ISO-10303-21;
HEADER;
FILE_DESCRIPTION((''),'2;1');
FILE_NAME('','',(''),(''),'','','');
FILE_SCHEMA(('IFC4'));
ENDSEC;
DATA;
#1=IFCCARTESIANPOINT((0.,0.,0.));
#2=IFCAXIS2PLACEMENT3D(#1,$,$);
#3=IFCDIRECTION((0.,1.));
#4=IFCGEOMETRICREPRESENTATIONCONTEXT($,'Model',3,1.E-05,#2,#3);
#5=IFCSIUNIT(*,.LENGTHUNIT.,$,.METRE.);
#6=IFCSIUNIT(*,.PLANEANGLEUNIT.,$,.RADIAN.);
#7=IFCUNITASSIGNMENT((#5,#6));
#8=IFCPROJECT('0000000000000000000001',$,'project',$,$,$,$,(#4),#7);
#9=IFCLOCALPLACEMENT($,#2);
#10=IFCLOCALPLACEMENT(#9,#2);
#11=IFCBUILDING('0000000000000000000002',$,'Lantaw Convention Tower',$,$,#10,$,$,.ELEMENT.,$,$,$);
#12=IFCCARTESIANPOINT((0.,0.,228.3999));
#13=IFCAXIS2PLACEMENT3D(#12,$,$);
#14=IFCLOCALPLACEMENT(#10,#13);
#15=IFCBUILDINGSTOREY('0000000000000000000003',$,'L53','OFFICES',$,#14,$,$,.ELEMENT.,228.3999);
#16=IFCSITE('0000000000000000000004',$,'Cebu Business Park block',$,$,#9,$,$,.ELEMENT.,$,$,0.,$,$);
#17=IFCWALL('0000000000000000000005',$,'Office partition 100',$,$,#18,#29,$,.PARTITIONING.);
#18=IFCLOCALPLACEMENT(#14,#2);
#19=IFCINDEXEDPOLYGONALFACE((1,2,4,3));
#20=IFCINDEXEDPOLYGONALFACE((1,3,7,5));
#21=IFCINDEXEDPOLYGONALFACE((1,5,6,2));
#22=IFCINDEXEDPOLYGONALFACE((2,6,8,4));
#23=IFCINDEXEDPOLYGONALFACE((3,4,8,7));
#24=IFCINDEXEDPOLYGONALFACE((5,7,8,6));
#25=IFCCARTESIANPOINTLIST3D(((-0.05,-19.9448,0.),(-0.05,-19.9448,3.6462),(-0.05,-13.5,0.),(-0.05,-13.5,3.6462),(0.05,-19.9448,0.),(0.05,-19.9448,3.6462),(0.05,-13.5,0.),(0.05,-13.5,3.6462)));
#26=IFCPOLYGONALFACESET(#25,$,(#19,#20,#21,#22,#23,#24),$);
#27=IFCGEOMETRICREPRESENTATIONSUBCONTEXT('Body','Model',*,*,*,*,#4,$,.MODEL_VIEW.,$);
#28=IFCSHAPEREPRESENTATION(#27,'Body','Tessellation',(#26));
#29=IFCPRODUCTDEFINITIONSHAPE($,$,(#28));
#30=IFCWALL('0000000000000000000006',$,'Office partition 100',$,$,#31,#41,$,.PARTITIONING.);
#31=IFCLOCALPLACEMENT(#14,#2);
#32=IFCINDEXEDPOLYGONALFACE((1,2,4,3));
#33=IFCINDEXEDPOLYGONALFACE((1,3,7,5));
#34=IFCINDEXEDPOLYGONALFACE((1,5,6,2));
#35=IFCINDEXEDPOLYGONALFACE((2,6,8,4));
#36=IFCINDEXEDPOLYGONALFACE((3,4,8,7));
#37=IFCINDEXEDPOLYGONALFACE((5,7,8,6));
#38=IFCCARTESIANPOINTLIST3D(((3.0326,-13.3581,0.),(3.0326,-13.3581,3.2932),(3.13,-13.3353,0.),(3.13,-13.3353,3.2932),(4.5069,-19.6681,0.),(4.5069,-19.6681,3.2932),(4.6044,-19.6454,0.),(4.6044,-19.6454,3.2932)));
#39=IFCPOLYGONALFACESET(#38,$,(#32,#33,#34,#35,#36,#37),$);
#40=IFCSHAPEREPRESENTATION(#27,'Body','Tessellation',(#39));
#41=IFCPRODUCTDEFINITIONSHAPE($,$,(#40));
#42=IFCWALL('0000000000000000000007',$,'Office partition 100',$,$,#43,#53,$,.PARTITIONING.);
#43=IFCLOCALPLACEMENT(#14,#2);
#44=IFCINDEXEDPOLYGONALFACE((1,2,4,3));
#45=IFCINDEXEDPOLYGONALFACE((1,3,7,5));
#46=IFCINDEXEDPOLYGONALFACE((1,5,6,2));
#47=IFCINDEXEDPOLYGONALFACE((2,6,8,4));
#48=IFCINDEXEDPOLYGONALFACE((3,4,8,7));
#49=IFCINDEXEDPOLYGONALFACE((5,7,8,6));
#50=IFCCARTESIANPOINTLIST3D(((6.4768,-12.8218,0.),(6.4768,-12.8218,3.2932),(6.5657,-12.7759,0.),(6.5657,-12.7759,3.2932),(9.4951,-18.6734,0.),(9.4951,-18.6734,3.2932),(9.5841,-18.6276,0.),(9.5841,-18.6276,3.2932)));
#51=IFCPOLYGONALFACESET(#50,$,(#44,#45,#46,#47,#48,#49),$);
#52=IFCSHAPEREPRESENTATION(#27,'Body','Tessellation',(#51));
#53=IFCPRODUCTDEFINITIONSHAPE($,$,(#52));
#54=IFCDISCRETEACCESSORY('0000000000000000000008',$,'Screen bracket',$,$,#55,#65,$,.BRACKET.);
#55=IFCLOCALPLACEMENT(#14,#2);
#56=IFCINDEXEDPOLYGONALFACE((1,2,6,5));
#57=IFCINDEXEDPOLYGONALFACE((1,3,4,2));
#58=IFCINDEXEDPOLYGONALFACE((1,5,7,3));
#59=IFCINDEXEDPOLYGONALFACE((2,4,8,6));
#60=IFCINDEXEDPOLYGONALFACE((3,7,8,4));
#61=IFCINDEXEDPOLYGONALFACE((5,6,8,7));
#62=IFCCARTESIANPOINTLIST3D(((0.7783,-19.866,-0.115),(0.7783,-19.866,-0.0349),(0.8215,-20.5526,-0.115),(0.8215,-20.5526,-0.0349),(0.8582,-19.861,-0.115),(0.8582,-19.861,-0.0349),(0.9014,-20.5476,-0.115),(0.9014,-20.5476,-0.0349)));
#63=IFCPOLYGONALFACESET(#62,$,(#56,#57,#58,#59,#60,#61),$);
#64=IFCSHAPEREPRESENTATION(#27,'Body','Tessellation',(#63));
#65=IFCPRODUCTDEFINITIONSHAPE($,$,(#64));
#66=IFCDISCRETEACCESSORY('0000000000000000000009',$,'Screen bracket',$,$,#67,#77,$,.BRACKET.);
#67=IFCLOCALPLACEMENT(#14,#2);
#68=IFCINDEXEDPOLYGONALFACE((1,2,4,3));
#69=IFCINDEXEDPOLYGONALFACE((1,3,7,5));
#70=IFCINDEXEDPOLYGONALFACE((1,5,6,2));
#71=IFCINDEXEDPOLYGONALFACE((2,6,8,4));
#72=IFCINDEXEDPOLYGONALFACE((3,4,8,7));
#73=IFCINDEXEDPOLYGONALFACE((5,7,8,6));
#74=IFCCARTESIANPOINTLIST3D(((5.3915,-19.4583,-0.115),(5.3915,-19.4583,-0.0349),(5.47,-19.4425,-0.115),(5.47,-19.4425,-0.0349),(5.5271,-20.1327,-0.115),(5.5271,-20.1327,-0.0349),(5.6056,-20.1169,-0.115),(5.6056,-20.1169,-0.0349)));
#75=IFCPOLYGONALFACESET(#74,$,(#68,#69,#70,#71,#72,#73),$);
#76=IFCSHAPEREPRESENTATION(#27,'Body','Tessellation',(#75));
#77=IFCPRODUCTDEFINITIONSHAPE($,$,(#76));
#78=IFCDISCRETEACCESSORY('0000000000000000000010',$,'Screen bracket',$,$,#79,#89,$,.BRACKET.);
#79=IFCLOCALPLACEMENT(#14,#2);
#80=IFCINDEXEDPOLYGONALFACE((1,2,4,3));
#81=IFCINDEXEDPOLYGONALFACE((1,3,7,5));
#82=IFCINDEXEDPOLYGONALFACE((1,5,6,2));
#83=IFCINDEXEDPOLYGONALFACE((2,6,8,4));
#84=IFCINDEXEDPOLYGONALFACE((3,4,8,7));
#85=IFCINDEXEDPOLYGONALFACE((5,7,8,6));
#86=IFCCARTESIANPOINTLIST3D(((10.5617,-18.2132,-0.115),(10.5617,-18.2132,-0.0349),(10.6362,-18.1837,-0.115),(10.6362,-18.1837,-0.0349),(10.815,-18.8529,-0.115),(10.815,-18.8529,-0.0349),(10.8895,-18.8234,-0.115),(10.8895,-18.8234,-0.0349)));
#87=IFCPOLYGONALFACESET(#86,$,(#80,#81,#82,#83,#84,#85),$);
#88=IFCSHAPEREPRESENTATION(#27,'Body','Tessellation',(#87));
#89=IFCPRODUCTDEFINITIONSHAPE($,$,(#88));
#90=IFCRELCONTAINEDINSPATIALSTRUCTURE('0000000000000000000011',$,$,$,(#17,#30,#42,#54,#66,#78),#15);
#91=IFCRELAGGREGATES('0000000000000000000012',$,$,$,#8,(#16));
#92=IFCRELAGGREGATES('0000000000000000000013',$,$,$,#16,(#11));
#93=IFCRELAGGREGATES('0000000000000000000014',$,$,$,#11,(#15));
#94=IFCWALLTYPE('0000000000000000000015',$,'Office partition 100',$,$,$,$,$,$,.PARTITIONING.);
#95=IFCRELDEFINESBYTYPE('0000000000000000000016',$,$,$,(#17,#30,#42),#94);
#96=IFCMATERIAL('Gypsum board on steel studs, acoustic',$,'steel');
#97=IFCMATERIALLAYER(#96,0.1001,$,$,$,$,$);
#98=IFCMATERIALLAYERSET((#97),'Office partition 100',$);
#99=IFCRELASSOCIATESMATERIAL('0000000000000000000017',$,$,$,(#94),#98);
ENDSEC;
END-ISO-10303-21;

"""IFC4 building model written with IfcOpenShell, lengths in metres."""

from ifc_helpers import new_model, si_unit, direction, frame, frame_2d, origin, origin_2d, place, context, subcontext, project, spatial, rectangle, extrude, material, layer, layer_set, type_object, element, save


model = new_model("IFC4")

# Units and contexts
model_context = context("Model", 3, precision=1e-05, world=origin(), true_north=direction((0.0, 1.0)))
body_context = subcontext(model_context, "Body", "Model", "MODEL_VIEW")
ifc_project = project(units=[si_unit("LENGTHUNIT", "METRE"), si_unit("PLANEANGLEUNIT", "RADIAN")], contexts=[model_context])

# Site, building, storey
site_placement = place(None, origin())
site = spatial("IfcSite", under=ifc_project, at=site_placement, Name="Cebu Business Park block", CompositionType="ELEMENT", RefElevation=0.0)
building_placement = place(site_placement, origin())
building = spatial("IfcBuilding", under=site, at=building_placement, Name="Lantaw Convention Tower", CompositionType="ELEMENT")
storey_placement = place(building_placement, frame((0.0, 0.0, 228.3999)))
storey = spatial("IfcBuildingStorey", under=building, at=storey_placement, Name="L53", Description="OFFICES", CompositionType="ELEMENT", Elevation=228.3999)

# Walls
ifc_material_1 = material(Name="Gypsum board on steel studs, acoustic", Category="steel")
ifc_layer_1 = layer(ifc_material_1, 0.1001)
ifc_layer_set_1 = layer_set([ifc_layer_1], Name="Office partition 100")
wall_type = type_object("IfcWallType", Name="Office partition 100", PredefinedType="PARTITIONING", material=ifc_layer_set_1)
wall_1_placement = place(storey_placement, frame((0.0, -19.9448, 0.0), z_axis=(0.0, 0.0, 1.0), x_axis=(0.0, 1.0, 0.0)))
element("IfcWall", 1, at=wall_1_placement, inside=storey, type_object=wall_type, Name="Office partition 100", PredefinedType="PARTITIONING", context=body_context, shape_type="SweptSolid", body=[
    extrude(rectangle(XDim=6.4448, YDim=0.1001, at=frame_2d((3.2224, 0.0))), origin(), (0.0, 0.0, 1.0), 3.6462),
])
wall_2_placement = place(storey_placement, frame((4.5557, -19.6567, 0.0), z_axis=(0.0, 0.0, 1.0), x_axis=(-0.227525, 0.973772, 0.0)))
element("IfcWall", 2, at=wall_2_placement, inside=storey, type_object=wall_type, Name="Office partition 100", PredefinedType="PARTITIONING", context=body_context, shape_type="SweptSolid", body=[
    extrude(rectangle(XDim=6.48, YDim=0.1001, at=frame_2d((3.24, 0.0))), origin(), (0.0, 0.0, 1.0), 3.2932),
])
wall_3_placement = place(storey_placement, frame((9.5396, -18.6504, 0.0), z_axis=(0.0, 0.0, 1.0), x_axis=(-0.458421, 0.888735, 0.0)))
element("IfcWall", 3, at=wall_3_placement, inside=storey, type_object=wall_type, Name="Office partition 100", PredefinedType="PARTITIONING", context=body_context, shape_type="SweptSolid", body=[
    extrude(rectangle(XDim=6.5842, YDim=0.1001, at=frame_2d((3.292, 0.0))), origin(), (0.0, 0.0, 1.0), 3.2932),
])

# Discrete accessories
for number, where, z_axis, x_axis, name in (
    (4, (0.8398, -20.2068, -0.115), (0.0, 0.0, 1.0), (0.998029, 0.062758, 0.0), "Screen bracket"),
    (5, (5.4985, -19.7876, -0.115), (0.0, 0.0, 1.0), (0.980367, 0.197183, 0.0), "Screen bracket"),
    (6, (10.7256, -18.5183, -0.115), (0.0, 0.0, 1.0), (0.929762, 0.368162, 0.0), "Screen bracket"),
):
    element("IfcDiscreteAccessory", number, at=place(storey_placement, frame(where, z_axis=z_axis, x_axis=x_axis)), inside=storey, Name=name, PredefinedType="BRACKET", context=body_context, shape_type="SweptSolid", body=[
        extrude(rectangle(XDim=0.0801, YDim=0.688, at=origin_2d()), origin(), (0.0, 0.0, 1.0), 0.0801),
    ])

save(model, "model.ifc")
